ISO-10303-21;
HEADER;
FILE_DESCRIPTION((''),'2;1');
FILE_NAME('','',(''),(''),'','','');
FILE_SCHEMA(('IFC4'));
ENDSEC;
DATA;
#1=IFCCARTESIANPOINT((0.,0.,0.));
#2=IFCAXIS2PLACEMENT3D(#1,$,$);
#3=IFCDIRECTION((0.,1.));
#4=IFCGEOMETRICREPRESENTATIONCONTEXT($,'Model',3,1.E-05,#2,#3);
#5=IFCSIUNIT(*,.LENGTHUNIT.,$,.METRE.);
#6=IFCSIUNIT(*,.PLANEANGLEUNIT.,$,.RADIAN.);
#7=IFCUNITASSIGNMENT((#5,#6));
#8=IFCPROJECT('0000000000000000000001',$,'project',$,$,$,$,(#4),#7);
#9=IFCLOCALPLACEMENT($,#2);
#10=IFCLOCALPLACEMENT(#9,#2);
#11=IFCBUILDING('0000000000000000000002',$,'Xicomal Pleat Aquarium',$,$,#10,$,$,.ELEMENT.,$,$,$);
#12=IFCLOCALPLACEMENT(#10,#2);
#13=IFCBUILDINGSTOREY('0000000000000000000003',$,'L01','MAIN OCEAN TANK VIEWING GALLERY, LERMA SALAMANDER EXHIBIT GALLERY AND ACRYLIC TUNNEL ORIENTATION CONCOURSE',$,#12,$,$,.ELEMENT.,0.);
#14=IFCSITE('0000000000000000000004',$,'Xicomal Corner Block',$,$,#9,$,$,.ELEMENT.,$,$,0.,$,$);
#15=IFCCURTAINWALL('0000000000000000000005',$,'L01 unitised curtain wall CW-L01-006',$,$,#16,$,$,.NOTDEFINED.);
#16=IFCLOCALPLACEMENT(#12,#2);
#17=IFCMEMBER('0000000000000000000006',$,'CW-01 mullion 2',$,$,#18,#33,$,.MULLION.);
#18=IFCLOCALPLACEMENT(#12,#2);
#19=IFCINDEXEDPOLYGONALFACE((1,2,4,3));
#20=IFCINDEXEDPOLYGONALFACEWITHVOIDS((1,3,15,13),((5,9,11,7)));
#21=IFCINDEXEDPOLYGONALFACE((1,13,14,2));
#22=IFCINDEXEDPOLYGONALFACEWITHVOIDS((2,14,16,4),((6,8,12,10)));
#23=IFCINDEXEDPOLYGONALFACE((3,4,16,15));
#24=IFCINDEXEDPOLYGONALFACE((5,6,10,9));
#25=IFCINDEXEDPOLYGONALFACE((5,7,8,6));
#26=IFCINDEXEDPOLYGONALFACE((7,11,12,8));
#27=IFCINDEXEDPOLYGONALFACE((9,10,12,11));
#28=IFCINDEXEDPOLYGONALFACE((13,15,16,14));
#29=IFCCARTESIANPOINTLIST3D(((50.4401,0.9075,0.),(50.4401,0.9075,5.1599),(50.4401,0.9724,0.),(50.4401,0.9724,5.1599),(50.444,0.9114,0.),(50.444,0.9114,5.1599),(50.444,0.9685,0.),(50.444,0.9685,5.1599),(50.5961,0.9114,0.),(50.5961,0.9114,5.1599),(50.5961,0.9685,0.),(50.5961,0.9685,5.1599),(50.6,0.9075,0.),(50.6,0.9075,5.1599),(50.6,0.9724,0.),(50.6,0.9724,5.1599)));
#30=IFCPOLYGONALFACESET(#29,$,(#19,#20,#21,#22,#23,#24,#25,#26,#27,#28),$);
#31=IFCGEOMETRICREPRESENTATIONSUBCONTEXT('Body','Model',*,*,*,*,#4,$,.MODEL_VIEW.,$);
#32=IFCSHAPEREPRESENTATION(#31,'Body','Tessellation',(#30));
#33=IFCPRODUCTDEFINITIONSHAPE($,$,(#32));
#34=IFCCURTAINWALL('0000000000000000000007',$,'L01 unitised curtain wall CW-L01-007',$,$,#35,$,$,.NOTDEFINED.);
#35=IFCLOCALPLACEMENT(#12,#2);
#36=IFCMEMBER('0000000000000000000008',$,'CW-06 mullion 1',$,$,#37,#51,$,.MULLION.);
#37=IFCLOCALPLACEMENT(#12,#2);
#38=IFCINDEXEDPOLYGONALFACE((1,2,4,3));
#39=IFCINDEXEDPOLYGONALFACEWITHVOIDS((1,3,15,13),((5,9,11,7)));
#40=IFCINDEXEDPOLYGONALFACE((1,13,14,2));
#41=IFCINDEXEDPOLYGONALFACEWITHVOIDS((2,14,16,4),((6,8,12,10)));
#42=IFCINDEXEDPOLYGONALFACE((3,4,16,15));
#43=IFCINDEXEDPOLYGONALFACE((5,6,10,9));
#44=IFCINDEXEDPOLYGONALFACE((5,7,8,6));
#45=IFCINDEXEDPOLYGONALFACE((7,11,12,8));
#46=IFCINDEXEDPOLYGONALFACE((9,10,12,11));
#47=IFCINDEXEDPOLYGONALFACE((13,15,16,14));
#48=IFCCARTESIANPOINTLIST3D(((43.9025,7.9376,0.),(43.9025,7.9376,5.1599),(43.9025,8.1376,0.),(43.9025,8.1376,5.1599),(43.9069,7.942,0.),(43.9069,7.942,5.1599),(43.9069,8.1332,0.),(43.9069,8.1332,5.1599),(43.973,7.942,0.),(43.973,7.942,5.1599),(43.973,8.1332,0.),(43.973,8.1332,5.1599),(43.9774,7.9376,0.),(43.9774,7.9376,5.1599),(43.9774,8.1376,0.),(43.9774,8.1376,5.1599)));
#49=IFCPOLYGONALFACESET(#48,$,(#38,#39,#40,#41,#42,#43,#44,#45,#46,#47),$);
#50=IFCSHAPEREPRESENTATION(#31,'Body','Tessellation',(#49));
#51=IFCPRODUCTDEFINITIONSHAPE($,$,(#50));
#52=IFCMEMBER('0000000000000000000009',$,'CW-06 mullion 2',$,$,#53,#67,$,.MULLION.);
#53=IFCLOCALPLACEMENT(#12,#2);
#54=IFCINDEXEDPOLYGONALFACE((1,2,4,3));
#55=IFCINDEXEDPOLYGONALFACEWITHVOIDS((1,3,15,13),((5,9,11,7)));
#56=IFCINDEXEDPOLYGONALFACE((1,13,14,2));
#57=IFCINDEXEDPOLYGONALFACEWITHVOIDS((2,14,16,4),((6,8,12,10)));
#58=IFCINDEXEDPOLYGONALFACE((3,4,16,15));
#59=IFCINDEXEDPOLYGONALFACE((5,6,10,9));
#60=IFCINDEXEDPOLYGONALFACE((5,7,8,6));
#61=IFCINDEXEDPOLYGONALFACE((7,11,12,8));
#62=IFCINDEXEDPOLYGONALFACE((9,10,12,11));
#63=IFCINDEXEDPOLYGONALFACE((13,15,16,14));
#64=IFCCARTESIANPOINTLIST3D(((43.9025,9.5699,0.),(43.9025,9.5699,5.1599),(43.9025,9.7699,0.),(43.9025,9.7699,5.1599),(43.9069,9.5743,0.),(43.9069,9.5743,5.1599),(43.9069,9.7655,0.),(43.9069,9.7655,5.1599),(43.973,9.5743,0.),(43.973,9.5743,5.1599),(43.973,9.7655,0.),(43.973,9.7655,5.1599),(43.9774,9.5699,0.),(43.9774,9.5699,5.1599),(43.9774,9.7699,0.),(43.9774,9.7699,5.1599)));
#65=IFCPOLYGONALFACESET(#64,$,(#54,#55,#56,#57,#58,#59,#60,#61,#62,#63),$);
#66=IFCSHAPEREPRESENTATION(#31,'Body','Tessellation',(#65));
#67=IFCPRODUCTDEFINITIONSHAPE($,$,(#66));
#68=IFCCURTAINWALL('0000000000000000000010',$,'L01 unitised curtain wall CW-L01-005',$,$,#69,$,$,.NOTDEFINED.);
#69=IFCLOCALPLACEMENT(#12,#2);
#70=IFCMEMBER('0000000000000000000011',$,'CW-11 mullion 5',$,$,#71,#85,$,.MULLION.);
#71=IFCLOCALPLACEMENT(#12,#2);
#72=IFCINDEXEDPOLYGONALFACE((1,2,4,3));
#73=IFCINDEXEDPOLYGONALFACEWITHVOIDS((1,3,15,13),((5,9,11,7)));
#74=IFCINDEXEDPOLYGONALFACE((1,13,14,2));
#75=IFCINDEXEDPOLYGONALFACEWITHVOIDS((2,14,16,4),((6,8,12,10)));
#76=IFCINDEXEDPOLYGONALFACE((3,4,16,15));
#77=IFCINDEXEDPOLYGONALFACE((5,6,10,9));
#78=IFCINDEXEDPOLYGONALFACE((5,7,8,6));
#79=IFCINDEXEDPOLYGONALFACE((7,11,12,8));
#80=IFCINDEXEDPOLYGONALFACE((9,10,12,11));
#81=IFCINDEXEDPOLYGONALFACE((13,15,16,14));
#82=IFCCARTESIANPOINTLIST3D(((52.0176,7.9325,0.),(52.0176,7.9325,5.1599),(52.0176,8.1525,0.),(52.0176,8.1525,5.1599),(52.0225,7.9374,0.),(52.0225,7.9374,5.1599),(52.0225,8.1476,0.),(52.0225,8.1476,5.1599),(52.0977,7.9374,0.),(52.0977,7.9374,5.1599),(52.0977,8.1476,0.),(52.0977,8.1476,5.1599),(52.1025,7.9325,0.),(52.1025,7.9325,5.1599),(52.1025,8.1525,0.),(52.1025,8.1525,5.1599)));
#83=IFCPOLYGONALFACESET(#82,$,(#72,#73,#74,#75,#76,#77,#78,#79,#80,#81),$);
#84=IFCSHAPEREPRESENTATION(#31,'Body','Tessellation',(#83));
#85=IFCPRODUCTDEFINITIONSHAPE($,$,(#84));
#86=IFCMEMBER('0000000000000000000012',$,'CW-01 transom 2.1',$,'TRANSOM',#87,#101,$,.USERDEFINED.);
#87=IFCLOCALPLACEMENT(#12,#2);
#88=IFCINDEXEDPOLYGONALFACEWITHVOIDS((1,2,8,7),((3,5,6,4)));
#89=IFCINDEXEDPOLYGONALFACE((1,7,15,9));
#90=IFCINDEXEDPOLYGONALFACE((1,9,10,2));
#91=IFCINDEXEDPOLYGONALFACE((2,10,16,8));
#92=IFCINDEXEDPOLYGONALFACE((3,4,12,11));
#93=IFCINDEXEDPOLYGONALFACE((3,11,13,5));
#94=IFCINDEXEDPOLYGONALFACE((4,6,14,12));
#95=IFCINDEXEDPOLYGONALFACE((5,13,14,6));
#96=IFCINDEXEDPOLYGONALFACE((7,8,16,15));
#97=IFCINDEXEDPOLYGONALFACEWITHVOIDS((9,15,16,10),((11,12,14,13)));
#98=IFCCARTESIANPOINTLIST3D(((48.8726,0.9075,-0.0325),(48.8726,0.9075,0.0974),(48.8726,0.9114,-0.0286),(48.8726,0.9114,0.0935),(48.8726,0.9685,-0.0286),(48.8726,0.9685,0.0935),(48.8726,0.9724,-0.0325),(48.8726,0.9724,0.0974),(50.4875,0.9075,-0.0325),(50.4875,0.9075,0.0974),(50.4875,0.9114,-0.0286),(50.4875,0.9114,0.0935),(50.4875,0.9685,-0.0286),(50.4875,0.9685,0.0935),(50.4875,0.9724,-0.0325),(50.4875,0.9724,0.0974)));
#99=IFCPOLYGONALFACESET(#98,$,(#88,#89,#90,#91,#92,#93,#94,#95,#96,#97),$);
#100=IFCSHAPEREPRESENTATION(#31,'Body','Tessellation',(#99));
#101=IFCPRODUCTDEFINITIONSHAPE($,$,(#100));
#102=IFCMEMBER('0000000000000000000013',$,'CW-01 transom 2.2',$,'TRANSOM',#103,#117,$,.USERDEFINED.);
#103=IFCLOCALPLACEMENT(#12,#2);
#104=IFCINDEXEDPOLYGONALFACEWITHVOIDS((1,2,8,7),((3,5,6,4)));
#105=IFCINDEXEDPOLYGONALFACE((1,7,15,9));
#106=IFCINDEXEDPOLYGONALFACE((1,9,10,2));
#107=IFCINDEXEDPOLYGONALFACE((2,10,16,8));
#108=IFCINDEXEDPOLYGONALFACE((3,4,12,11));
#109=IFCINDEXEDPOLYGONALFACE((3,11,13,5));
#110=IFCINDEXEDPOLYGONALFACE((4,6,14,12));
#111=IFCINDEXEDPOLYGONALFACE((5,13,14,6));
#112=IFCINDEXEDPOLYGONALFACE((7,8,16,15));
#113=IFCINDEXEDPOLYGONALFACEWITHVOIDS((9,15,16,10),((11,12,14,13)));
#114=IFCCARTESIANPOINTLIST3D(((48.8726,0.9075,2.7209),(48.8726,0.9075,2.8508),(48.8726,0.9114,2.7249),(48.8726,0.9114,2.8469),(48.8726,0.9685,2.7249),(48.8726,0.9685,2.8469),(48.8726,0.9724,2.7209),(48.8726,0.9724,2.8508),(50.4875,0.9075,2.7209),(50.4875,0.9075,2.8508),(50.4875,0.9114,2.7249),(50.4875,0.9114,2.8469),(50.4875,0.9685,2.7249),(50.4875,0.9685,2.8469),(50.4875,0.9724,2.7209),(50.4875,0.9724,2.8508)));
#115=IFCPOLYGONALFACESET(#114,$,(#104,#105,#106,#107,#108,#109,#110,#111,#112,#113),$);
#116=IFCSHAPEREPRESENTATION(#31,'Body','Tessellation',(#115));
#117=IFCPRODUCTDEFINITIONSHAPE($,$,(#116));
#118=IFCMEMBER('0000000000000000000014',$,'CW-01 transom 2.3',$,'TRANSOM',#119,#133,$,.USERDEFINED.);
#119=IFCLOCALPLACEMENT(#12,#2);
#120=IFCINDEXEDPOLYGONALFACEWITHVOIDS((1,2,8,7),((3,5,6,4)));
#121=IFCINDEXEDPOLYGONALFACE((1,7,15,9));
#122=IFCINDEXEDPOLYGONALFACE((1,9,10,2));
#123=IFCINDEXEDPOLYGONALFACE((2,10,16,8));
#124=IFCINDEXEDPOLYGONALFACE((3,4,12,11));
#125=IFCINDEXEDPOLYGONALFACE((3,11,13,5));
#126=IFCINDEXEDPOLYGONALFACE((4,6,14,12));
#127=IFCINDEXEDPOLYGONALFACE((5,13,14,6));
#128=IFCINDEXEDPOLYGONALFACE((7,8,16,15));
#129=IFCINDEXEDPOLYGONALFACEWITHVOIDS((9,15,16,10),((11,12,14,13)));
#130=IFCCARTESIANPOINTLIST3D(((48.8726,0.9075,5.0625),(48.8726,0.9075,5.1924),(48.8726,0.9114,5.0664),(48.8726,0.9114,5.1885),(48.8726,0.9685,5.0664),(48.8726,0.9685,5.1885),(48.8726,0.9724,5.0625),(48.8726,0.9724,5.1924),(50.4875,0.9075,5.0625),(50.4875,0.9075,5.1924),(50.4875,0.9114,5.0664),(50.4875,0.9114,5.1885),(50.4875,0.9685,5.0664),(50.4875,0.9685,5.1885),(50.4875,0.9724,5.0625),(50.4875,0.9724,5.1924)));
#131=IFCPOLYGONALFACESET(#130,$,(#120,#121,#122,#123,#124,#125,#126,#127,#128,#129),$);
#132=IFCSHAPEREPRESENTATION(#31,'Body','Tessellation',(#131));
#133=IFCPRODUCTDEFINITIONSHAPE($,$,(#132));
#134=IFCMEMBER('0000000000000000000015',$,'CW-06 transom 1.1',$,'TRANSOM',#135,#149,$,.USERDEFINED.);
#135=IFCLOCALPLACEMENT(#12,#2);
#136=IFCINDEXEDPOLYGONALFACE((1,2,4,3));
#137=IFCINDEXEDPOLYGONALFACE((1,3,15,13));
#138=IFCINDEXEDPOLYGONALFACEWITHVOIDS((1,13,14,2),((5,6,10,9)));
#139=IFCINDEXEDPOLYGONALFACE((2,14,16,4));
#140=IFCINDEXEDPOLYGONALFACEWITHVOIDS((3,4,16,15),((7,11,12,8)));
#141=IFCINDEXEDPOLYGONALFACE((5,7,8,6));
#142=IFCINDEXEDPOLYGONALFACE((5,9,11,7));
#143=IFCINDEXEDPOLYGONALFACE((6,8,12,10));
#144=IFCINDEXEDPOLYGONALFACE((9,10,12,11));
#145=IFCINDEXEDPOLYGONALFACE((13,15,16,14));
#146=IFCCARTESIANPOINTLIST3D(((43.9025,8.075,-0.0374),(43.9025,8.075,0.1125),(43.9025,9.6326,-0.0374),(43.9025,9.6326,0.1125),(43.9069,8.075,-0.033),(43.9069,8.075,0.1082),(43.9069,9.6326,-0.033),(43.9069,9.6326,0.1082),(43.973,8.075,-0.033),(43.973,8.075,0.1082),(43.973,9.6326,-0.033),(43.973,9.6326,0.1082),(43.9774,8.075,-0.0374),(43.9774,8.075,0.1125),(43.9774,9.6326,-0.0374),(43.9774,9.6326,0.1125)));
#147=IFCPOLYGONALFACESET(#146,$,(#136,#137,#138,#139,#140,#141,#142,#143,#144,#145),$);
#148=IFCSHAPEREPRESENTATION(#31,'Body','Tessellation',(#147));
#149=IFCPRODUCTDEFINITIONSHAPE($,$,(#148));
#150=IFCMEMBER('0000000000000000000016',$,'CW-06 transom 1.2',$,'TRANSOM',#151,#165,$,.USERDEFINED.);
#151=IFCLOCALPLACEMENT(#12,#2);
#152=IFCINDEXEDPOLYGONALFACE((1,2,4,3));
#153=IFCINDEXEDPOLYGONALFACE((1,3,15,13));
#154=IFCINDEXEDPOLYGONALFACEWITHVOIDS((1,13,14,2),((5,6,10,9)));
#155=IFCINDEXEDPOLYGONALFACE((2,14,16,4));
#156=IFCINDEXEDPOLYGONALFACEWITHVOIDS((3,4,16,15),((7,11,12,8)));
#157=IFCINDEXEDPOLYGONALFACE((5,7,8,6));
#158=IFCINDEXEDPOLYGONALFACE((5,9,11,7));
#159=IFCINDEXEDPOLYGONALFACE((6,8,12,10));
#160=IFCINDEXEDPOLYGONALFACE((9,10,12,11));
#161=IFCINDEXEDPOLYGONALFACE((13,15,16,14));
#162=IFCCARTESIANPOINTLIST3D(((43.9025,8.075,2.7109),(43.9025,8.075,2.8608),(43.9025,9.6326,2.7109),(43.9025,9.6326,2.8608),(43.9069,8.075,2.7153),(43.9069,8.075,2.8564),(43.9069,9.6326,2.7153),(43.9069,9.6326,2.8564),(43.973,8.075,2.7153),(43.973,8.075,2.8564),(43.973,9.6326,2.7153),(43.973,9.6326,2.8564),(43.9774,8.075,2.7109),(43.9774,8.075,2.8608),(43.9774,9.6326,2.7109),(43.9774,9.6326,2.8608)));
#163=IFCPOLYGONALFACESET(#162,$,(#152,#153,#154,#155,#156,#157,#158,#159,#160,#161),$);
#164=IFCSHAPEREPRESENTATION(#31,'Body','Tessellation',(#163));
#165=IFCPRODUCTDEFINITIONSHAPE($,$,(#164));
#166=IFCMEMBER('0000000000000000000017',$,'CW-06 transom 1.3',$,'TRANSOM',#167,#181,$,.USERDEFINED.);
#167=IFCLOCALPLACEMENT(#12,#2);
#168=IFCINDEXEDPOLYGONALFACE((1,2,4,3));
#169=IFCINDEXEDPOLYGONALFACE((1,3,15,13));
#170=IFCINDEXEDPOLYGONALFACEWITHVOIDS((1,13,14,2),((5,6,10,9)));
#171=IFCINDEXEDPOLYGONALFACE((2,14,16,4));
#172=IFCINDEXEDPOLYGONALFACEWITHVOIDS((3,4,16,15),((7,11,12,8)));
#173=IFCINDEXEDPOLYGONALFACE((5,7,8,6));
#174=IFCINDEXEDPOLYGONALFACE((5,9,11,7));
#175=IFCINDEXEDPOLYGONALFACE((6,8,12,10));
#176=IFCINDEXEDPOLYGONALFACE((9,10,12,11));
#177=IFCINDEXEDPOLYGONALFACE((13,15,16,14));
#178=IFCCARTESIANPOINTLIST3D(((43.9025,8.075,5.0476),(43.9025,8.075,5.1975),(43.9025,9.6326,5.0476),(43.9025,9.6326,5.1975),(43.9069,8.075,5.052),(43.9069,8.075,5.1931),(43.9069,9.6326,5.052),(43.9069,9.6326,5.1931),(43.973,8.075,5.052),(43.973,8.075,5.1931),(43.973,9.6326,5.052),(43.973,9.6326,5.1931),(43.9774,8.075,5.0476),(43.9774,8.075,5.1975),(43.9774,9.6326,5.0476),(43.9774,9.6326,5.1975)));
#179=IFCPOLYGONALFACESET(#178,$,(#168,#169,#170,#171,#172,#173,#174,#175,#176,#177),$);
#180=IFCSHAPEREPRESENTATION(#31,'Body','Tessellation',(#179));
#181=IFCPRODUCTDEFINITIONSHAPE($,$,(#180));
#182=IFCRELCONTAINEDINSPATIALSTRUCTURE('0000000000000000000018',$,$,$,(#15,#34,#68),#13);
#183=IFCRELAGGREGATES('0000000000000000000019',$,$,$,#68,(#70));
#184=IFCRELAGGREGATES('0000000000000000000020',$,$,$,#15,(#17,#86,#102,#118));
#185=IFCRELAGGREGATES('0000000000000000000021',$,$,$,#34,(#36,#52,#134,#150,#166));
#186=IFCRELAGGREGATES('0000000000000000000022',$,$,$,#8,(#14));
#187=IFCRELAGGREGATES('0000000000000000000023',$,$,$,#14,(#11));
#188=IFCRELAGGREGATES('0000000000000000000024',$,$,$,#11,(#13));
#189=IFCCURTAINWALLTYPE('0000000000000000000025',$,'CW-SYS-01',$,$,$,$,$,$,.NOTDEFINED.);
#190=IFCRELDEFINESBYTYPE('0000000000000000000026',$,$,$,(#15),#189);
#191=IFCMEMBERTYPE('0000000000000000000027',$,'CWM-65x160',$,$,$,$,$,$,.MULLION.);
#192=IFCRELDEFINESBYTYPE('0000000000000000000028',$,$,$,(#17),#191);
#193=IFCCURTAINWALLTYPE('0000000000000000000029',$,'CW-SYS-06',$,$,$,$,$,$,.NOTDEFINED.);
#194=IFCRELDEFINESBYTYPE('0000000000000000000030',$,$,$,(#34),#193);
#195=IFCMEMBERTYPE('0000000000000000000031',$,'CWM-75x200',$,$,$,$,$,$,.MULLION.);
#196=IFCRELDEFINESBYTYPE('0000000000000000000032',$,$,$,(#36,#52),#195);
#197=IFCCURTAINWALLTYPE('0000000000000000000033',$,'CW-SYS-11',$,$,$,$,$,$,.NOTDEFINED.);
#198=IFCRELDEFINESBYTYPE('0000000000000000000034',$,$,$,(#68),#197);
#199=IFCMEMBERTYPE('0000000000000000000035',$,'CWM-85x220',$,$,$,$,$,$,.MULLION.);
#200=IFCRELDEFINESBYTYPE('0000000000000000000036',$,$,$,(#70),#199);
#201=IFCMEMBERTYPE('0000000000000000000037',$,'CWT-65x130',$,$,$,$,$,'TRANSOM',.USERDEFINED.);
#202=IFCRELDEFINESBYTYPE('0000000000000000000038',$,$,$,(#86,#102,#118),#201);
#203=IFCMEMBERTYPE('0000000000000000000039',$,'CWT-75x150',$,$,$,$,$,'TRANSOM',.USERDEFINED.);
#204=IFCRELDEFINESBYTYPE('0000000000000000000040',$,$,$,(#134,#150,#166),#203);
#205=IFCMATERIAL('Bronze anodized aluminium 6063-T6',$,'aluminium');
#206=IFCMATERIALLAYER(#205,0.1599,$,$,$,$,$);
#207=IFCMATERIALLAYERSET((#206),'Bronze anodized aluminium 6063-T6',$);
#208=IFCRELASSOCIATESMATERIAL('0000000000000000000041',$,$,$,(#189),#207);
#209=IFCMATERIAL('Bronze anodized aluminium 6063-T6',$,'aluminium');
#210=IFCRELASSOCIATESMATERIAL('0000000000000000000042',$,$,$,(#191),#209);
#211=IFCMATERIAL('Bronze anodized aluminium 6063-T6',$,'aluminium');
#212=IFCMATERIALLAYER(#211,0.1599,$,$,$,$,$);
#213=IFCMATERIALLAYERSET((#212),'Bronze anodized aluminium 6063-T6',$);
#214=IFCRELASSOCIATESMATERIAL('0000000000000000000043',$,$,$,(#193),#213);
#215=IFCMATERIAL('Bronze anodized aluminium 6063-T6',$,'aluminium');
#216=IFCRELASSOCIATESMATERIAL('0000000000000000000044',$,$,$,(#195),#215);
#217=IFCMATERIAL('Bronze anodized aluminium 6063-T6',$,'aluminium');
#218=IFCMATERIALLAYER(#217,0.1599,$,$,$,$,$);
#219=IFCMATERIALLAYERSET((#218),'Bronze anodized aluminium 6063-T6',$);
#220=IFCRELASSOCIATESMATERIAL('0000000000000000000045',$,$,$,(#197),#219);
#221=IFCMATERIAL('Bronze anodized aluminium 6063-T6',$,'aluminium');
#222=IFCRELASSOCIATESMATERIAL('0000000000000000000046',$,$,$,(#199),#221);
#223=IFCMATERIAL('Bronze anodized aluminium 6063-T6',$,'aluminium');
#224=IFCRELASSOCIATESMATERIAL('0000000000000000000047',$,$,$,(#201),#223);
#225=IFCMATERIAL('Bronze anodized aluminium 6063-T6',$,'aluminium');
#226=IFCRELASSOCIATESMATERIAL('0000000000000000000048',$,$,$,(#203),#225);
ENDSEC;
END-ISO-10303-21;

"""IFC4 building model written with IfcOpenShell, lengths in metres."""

from ifc_helpers import new_model, si_unit, direction, frame, origin, origin_2d, place, context, subcontext, project, spatial, hollow_rectangle, extrude, material, layer, layer_set, material_profile, profile_set, type_object, element, aggregate, save


model = new_model("IFC4")

# Units and contexts
model_context = context("Model", 3, precision=1e-05, world=origin(), true_north=direction((0.0, 1.0)))
body_context = subcontext(model_context, "Body", "Model", "MODEL_VIEW")
ifc_project = project(units=[si_unit("LENGTHUNIT", "METRE"), si_unit("PLANEANGLEUNIT", "RADIAN")], contexts=[model_context])

# Site, building, storey
site_placement = place(None, origin())
site = spatial("IfcSite", under=ifc_project, at=site_placement, Name="Xicomal Corner Block", CompositionType="ELEMENT", RefElevation=0.0)
building_placement = place(site_placement, origin())
building = spatial("IfcBuilding", under=site, at=building_placement, Name="Xicomal Pleat Aquarium", CompositionType="ELEMENT")
storey_placement = place(building_placement, origin())
storey = spatial("IfcBuildingStorey", under=building, at=storey_placement, Name="L01", Description="MAIN OCEAN TANK VIEWING GALLERY, LERMA SALAMANDER EXHIBIT GALLERY AND ACRYLIC TUNNEL ORIENTATION CONCOURSE", CompositionType="ELEMENT", Elevation=0.0)

# Curtain wall, member
ifc_material_1 = material(Name="Bronze anodized aluminium 6063-T6", Category="aluminium")
ifc_layer_1 = layer(ifc_material_1, 0.1599)
ifc_layer_set_1 = layer_set([ifc_layer_1], Name="Bronze anodized aluminium 6063-T6")
curtain_wall_type_1 = type_object("IfcCurtainWallType", Name="CW-SYS-01", PredefinedType="NOTDEFINED", material=ifc_layer_set_1)
curtain_wall_1_placement = place(storey_placement, origin())
curtain_wall_1 = element("IfcCurtainWall", 1, at=curtain_wall_1_placement, inside=storey, type_object=curtain_wall_type_1, Name="L01 unitised curtain wall CW-L01-006", PredefinedType="NOTDEFINED")
ifc_material_2 = material(Name="Bronze anodized aluminium 6063-T6", Category="aluminium")
ifc_material_profile_1 = material_profile(ifc_material_2, hollow_rectangle(XDim=0.0649, YDim=0.1599, WallThickness=0.0039, at=origin_2d()), Name="ALU MULL 65x160")
ifc_profile_set_1 = profile_set([ifc_material_profile_1], Name="Bronze anodized aluminium 6063-T6")
member_type_1 = type_object("IfcMemberType", Name="CWM-65x160", PredefinedType="MULLION", material=ifc_profile_set_1)
member_1_placement = place(storey_placement, frame((50.52, 0.9399, 0.0), z_axis=(0.0, 0.0, 1.0), x_axis=(0.0, -1.0, 0.0)))
member_1 = element("IfcMember", 2, at=member_1_placement, type_object=member_type_1, Name="CW-01 mullion 2", PredefinedType="MULLION", context=body_context, shape_type="SweptSolid", body=[
    extrude(hollow_rectangle(XDim=0.0649, YDim=0.1599, WallThickness=0.0039, at=origin_2d()), origin(), (0.0, 0.0, 1.0), 5.1599),
])

# Curtain wall, members
ifc_material_3 = material(Name="Bronze anodized aluminium 6063-T6", Category="aluminium")
ifc_layer_2 = layer(ifc_material_3, 0.1599)
ifc_layer_set_2 = layer_set([ifc_layer_2], Name="Bronze anodized aluminium 6063-T6")
curtain_wall_type_2 = type_object("IfcCurtainWallType", Name="CW-SYS-06", PredefinedType="NOTDEFINED", material=ifc_layer_set_2)
curtain_wall_2_placement = place(storey_placement, origin())
curtain_wall_2 = element("IfcCurtainWall", 3, at=curtain_wall_2_placement, inside=storey, type_object=curtain_wall_type_2, Name="L01 unitised curtain wall CW-L01-007", PredefinedType="NOTDEFINED")
ifc_material_4 = material(Name="Bronze anodized aluminium 6063-T6", Category="aluminium")
ifc_material_profile_2 = material_profile(ifc_material_4, hollow_rectangle(XDim=0.075, YDim=0.2, WallThickness=0.0044, at=origin_2d()), Name="ALU MULL 75x200")
ifc_profile_set_2 = profile_set([ifc_material_profile_2], Name="Bronze anodized aluminium 6063-T6")
member_type_2 = type_object("IfcMemberType", Name="CWM-75x200", PredefinedType="MULLION", material=ifc_profile_set_2)
member_2_placement = place(storey_placement, frame((43.9399, 8.0376, 0.0), z_axis=(0.0, 0.0, 1.0), x_axis=(-1.0, 0.0, 0.0)))
member_2 = element("IfcMember", 4, at=member_2_placement, type_object=member_type_2, Name="CW-06 mullion 1", PredefinedType="MULLION", context=body_context, shape_type="SweptSolid", body=[
    extrude(hollow_rectangle(XDim=0.075, YDim=0.2, WallThickness=0.0044, at=origin_2d()), origin(), (0.0, 0.0, 1.0), 5.1599),
])
member_3_placement = place(storey_placement, frame((43.9399, 9.6699, 0.0), z_axis=(0.0, 0.0, 1.0), x_axis=(-1.0, 0.0, 0.0)))
member_3 = element("IfcMember", 5, at=member_3_placement, type_object=member_type_2, Name="CW-06 mullion 2", PredefinedType="MULLION", context=body_context, shape_type="SweptSolid", body=[
    extrude(hollow_rectangle(XDim=0.075, YDim=0.2, WallThickness=0.0044, at=origin_2d()), origin(), (0.0, 0.0, 1.0), 5.1599),
])

# Curtain wall, member
ifc_material_5 = material(Name="Bronze anodized aluminium 6063-T6", Category="aluminium")
ifc_layer_3 = layer(ifc_material_5, 0.1599)
ifc_layer_set_3 = layer_set([ifc_layer_3], Name="Bronze anodized aluminium 6063-T6")
curtain_wall_type_3 = type_object("IfcCurtainWallType", Name="CW-SYS-11", PredefinedType="NOTDEFINED", material=ifc_layer_set_3)
curtain_wall_3_placement = place(storey_placement, origin())
curtain_wall_3 = element("IfcCurtainWall", 6, at=curtain_wall_3_placement, inside=storey, type_object=curtain_wall_type_3, Name="L01 unitised curtain wall CW-L01-005", PredefinedType="NOTDEFINED")
ifc_material_6 = material(Name="Bronze anodized aluminium 6063-T6", Category="aluminium")
ifc_material_profile_3 = material_profile(ifc_material_6, hollow_rectangle(XDim=0.085, YDim=0.22, WallThickness=0.0049, at=origin_2d()), Name="ALU MULL 85x220")
ifc_profile_set_3 = profile_set([ifc_material_profile_3], Name="Bronze anodized aluminium 6063-T6")
member_type_3 = type_object("IfcMemberType", Name="CWM-85x220", PredefinedType="MULLION", material=ifc_profile_set_3)
member_4_placement = place(storey_placement, frame((52.0601, 8.0425, 0.0), z_axis=(0.0, 0.0, 1.0), x_axis=(1.0, 0.0, 0.0)))
member_4 = element("IfcMember", 7, at=member_4_placement, type_object=member_type_3, Name="CW-11 mullion 5", PredefinedType="MULLION", context=body_context, shape_type="SweptSolid", body=[
    extrude(hollow_rectangle(XDim=0.085, YDim=0.22, WallThickness=0.0049, at=origin_2d()), origin(), (0.0, 0.0, 1.0), 5.1599),
])

# Members
ifc_material_7 = material(Name="Bronze anodized aluminium 6063-T6", Category="aluminium")
ifc_material_profile_4 = material_profile(ifc_material_7, hollow_rectangle(XDim=0.0649, YDim=0.1299, WallThickness=0.0039, at=origin_2d()), Name="ALU TRAN 65x130")
ifc_profile_set_4 = profile_set([ifc_material_profile_4], Name="Bronze anodized aluminium 6063-T6")
member_type_4 = type_object("IfcMemberType", Name="CWT-65x130", ElementType="TRANSOM", PredefinedType="USERDEFINED", material=ifc_profile_set_4)
member_5_placement = place(storey_placement, frame((50.4875, 0.9399, 0.0325), z_axis=(-1.0, 0.0, 0.0), x_axis=(0.0, -1.0, 0.0)))
member_5 = element("IfcMember", 8, at=member_5_placement, type_object=member_type_4, Name="CW-01 transom 2.1", ObjectType="TRANSOM", PredefinedType="USERDEFINED", context=body_context, shape_type="SweptSolid", body=[
    extrude(hollow_rectangle(XDim=0.0649, YDim=0.1299, WallThickness=0.0039, at=origin_2d()), origin(), (0.0, 0.0, 1.0), 1.615),
])
member_6_placement = place(storey_placement, frame((50.4875, 0.9399, 2.7859), z_axis=(-1.0, 0.0, 0.0), x_axis=(0.0, -1.0, 0.0)))
member_6 = element("IfcMember", 9, at=member_6_placement, type_object=member_type_4, Name="CW-01 transom 2.2", ObjectType="TRANSOM", PredefinedType="USERDEFINED", context=body_context, shape_type="SweptSolid", body=[
    extrude(hollow_rectangle(XDim=0.0649, YDim=0.1299, WallThickness=0.0039, at=origin_2d()), origin(), (0.0, 0.0, 1.0), 1.615),
])
member_7_placement = place(storey_placement, frame((50.4875, 0.9399, 5.1274), z_axis=(-1.0, 0.0, 0.0), x_axis=(0.0, -1.0, 0.0)))
member_7 = element("IfcMember", 10, at=member_7_placement, type_object=member_type_4, Name="CW-01 transom 2.3", ObjectType="TRANSOM", PredefinedType="USERDEFINED", context=body_context, shape_type="SweptSolid", body=[
    extrude(hollow_rectangle(XDim=0.0649, YDim=0.1299, WallThickness=0.0039, at=origin_2d()), origin(), (0.0, 0.0, 1.0), 1.615),
])
ifc_material_8 = material(Name="Bronze anodized aluminium 6063-T6", Category="aluminium")
ifc_material_profile_5 = material_profile(ifc_material_8, hollow_rectangle(XDim=0.075, YDim=0.1499, WallThickness=0.0044, at=origin_2d()), Name="ALU TRAN 75x150")
ifc_profile_set_5 = profile_set([ifc_material_profile_5], Name="Bronze anodized aluminium 6063-T6")
member_type_5 = type_object("IfcMemberType", Name="CWT-75x150", ElementType="TRANSOM", PredefinedType="USERDEFINED", material=ifc_profile_set_5)
member_8_placement = place(storey_placement, frame((43.9399, 8.075, 0.0376), z_axis=(0.0, 1.0, 0.0), x_axis=(-1.0, 0.0, 0.0)))
member_8 = element("IfcMember", 11, at=member_8_placement, type_object=member_type_5, Name="CW-06 transom 1.1", ObjectType="TRANSOM", PredefinedType="USERDEFINED", context=body_context, shape_type="SweptSolid", body=[
    extrude(hollow_rectangle(XDim=0.075, YDim=0.1499, WallThickness=0.0044, at=origin_2d()), origin(), (0.0, 0.0, 1.0), 1.5576),
])
member_9_placement = place(storey_placement, frame((43.9399, 8.075, 2.7859), z_axis=(0.0, 1.0, 0.0), x_axis=(-1.0, 0.0, 0.0)))
member_9 = element("IfcMember", 12, at=member_9_placement, type_object=member_type_5, Name="CW-06 transom 1.2", ObjectType="TRANSOM", PredefinedType="USERDEFINED", context=body_context, shape_type="SweptSolid", body=[
    extrude(hollow_rectangle(XDim=0.075, YDim=0.1499, WallThickness=0.0044, at=origin_2d()), origin(), (0.0, 0.0, 1.0), 1.5576),
])
member_10_placement = place(storey_placement, frame((43.9399, 8.075, 5.1226), z_axis=(0.0, 1.0, 0.0), x_axis=(-1.0, 0.0, 0.0)))
member_10 = element("IfcMember", 13, at=member_10_placement, type_object=member_type_5, Name="CW-06 transom 1.3", ObjectType="TRANSOM", PredefinedType="USERDEFINED", context=body_context, shape_type="SweptSolid", body=[
    extrude(hollow_rectangle(XDim=0.075, YDim=0.1499, WallThickness=0.0044, at=origin_2d()), origin(), (0.0, 0.0, 1.0), 1.5576),
])

aggregate(curtain_wall_3, [member_4])
aggregate(curtain_wall_1, [member_1, member_5, member_6, member_7])
aggregate(curtain_wall_2, [member_2, member_3, member_8, member_9, member_10])

save(model, "model.ifc")
